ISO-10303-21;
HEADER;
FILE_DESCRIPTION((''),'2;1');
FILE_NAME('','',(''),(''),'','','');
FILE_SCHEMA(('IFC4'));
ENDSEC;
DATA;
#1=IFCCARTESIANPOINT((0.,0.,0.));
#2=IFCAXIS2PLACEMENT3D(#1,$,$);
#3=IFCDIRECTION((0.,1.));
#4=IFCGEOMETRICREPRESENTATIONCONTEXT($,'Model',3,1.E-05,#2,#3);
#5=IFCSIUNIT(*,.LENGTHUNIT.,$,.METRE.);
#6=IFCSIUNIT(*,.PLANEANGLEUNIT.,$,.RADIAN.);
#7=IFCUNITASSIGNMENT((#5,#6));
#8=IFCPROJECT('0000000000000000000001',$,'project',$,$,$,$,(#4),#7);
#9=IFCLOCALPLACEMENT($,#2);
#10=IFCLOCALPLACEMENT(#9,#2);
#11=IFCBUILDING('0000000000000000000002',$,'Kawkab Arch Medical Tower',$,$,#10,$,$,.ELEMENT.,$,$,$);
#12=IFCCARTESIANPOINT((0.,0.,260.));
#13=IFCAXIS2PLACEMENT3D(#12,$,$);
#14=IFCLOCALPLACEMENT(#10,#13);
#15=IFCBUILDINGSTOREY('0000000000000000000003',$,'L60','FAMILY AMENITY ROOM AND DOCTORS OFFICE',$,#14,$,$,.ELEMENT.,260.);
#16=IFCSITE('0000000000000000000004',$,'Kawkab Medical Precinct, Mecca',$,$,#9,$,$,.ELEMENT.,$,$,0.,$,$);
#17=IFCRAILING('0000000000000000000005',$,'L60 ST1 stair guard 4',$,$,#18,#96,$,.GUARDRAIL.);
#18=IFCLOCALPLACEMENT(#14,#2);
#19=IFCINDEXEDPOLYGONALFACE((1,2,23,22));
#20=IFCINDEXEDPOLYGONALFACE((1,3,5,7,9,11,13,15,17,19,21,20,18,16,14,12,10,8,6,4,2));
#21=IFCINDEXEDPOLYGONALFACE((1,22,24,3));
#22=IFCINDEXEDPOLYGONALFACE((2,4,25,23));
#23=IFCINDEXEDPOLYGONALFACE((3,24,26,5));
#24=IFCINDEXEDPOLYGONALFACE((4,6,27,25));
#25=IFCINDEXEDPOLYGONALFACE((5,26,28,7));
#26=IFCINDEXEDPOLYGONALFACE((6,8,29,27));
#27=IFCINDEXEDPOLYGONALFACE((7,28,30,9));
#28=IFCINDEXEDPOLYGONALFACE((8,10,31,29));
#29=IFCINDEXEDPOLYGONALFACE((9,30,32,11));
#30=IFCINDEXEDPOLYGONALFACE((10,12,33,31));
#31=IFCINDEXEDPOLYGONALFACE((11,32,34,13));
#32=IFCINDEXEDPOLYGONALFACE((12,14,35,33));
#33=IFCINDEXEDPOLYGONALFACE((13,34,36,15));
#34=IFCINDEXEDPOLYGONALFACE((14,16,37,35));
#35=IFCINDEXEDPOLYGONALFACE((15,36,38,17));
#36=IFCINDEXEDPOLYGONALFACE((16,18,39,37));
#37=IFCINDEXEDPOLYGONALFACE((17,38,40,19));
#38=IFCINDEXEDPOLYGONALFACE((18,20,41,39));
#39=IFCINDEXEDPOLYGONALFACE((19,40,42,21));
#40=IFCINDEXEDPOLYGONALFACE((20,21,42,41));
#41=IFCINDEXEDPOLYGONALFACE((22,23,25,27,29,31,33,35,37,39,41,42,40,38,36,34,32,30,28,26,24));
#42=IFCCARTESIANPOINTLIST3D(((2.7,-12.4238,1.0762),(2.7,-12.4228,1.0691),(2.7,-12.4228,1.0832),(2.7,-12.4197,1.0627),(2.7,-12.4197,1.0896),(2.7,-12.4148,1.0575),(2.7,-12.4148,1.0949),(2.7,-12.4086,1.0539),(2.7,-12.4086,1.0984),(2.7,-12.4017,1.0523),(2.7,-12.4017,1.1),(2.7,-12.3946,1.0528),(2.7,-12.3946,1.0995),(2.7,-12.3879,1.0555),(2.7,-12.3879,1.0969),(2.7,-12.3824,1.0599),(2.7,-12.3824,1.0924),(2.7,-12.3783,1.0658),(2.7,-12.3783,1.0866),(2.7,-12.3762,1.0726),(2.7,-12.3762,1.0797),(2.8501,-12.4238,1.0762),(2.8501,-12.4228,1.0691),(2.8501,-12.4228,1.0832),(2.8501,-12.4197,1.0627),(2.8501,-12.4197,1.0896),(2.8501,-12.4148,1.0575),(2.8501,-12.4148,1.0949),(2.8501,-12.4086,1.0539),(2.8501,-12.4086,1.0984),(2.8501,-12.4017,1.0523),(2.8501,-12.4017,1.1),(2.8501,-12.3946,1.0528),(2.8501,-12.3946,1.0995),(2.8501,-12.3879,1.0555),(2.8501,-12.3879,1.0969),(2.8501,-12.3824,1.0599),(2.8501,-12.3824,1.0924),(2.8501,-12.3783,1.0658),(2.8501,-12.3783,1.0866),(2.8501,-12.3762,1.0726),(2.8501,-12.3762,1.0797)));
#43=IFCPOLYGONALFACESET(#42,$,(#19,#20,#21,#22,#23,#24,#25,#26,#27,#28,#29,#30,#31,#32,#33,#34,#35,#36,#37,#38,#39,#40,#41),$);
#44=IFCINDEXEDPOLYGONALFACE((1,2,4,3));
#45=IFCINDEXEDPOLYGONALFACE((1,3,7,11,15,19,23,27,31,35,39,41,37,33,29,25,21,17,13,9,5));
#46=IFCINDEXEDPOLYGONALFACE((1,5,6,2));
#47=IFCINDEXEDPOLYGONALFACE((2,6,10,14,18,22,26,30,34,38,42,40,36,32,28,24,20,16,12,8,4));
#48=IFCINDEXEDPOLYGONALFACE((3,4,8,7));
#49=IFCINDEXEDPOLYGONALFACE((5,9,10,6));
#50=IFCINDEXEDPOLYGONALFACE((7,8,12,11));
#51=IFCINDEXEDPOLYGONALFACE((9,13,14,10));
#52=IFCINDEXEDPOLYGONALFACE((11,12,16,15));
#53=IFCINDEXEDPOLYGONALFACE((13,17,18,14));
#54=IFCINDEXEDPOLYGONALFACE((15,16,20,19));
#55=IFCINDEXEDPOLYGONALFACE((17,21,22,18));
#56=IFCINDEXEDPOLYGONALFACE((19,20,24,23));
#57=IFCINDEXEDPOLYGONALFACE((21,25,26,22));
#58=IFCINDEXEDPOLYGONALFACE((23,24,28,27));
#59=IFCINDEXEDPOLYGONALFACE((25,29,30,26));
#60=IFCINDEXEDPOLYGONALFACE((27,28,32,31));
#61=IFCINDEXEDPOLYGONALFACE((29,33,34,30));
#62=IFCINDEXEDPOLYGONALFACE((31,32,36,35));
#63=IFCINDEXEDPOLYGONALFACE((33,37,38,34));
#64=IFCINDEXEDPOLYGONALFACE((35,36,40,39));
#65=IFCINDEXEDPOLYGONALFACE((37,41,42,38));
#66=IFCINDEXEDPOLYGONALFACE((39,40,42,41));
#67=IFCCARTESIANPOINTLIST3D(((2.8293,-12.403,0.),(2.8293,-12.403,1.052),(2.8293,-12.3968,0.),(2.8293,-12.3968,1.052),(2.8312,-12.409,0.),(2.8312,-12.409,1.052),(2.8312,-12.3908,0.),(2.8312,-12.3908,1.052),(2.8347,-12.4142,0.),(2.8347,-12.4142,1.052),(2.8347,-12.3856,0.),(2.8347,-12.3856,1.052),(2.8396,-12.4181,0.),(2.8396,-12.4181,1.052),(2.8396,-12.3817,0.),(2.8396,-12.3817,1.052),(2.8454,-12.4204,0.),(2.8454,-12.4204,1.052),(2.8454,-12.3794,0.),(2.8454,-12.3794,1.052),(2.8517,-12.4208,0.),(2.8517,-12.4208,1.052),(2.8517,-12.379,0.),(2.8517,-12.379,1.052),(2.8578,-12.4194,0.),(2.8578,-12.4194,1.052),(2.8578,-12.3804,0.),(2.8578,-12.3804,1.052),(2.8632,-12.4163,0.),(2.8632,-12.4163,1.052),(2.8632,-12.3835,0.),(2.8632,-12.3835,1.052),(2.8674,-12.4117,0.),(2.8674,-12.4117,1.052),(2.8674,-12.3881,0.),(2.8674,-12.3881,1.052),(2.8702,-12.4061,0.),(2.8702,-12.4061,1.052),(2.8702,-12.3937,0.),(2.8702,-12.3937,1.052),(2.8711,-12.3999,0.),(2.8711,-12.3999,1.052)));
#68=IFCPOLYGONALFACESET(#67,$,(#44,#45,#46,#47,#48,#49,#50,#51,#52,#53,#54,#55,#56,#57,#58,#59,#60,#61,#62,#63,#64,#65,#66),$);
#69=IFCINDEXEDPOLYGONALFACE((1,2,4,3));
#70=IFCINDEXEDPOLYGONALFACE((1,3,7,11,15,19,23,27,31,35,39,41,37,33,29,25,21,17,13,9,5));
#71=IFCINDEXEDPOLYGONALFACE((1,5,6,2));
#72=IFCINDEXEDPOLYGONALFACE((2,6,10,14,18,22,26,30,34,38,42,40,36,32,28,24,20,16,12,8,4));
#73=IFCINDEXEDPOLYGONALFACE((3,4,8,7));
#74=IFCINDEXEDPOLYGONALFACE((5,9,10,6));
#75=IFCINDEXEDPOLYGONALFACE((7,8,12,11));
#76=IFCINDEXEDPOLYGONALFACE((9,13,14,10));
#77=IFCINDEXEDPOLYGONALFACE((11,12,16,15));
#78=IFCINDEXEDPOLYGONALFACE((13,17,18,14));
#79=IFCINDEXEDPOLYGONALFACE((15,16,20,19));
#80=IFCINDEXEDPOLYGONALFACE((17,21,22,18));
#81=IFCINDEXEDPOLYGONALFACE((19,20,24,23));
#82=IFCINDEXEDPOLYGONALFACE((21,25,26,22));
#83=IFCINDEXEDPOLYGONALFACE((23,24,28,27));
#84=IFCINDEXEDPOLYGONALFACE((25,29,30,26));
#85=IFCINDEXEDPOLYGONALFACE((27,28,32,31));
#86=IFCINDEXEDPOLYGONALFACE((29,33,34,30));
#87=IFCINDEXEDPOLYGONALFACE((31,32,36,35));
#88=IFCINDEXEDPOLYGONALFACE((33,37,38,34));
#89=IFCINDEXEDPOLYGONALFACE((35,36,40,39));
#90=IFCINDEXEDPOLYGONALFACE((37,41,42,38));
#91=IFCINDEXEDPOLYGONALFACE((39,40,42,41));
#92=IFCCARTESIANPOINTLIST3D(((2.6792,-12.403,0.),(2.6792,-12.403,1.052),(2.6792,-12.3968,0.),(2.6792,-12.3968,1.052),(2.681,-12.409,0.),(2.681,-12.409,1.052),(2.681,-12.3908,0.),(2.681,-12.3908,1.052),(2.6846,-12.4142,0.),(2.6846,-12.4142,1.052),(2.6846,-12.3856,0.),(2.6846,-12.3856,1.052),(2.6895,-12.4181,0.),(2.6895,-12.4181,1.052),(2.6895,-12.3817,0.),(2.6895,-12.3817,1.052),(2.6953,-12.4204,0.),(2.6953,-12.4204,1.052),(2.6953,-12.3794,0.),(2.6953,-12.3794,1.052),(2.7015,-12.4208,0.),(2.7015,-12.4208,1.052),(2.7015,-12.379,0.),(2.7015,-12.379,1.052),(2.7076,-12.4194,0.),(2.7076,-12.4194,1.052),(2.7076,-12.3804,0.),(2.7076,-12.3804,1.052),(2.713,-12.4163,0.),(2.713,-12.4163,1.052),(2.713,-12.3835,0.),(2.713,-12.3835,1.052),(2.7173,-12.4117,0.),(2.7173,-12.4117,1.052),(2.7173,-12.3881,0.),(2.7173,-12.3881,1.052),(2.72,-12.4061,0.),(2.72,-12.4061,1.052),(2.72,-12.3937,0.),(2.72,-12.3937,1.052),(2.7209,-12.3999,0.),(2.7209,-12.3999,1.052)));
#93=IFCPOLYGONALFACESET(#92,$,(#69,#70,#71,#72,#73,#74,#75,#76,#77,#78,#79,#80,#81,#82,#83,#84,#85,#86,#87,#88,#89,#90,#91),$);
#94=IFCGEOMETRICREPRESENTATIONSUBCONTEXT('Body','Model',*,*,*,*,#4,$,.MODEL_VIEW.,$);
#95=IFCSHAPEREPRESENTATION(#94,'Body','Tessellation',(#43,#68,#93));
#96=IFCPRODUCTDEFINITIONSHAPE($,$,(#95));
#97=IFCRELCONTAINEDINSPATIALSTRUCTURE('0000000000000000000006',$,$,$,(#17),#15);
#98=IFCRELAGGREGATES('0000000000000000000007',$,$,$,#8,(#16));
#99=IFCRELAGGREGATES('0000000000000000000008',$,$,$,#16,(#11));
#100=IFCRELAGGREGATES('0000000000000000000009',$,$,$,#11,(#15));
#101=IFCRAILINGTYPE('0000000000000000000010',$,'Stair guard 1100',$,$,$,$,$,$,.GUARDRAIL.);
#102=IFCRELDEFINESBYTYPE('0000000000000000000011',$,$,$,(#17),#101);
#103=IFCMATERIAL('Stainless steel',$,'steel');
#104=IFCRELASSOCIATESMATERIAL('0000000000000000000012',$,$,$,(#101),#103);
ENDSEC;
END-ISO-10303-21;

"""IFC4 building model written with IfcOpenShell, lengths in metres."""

from ifc_helpers import new_model, si_unit, direction, frame, origin, origin_2d, place, context, subcontext, project, spatial, circle, extrude, material, type_object, element, save


model = new_model("IFC4")

# Units and contexts
model_context = context("Model", 3, precision=1e-05, world=origin(), true_north=direction((0.0, 1.0)))
body_context = subcontext(model_context, "Body", "Model", "MODEL_VIEW")
ifc_project = project(units=[si_unit("LENGTHUNIT", "METRE"), si_unit("PLANEANGLEUNIT", "RADIAN")], contexts=[model_context])

# Site, building, storey
site_placement = place(None, origin())
site = spatial("IfcSite", under=ifc_project, at=site_placement, Name="Kawkab Medical Precinct, Mecca", CompositionType="ELEMENT", RefElevation=0.0)
building_placement = place(site_placement, origin())
building = spatial("IfcBuilding", under=site, at=building_placement, Name="Kawkab Arch Medical Tower", CompositionType="ELEMENT")
storey_placement = place(building_placement, frame((0.0, 0.0, 260.0)))
storey = spatial("IfcBuildingStorey", under=building, at=storey_placement, Name="L60", Description="FAMILY AMENITY ROOM AND DOCTORS OFFICE", CompositionType="ELEMENT", Elevation=260.0)

# Railing
ifc_material_1 = material(Name="Stainless steel", Category="steel")
railing_type_1 = type_object("IfcRailingType", Name="Stair guard 1100", PredefinedType="GUARDRAIL", material=ifc_material_1)
railing_1_placement = place(storey_placement, frame((2.8501, -12.3999, 0.0)))
element("IfcRailing", 1, at=railing_1_placement, inside=storey, type_object=railing_type_1, Name="L60 ST1 stair guard 4", PredefinedType="GUARDRAIL", context=body_context, shape_type="SweptSolid", body=[
    extrude(circle(Radius=0.0239, at=origin_2d()), frame((0.0, 0.0, 1.0762), z_axis=(-1.0, 0.0, 0.0), x_axis=(0.0, -1.0, 0.0)), (0.0, 0.0, 1.0), 0.1501),
    extrude(circle(Radius=0.021, at=origin_2d()), origin(), (0.0, 0.0, 1.0), 1.052),
    extrude(circle(Radius=0.021, at=origin_2d()), frame((-0.1501, 0.0, 0.0)), (0.0, 0.0, 1.0), 1.052),
])

save(model, "model.ifc")
